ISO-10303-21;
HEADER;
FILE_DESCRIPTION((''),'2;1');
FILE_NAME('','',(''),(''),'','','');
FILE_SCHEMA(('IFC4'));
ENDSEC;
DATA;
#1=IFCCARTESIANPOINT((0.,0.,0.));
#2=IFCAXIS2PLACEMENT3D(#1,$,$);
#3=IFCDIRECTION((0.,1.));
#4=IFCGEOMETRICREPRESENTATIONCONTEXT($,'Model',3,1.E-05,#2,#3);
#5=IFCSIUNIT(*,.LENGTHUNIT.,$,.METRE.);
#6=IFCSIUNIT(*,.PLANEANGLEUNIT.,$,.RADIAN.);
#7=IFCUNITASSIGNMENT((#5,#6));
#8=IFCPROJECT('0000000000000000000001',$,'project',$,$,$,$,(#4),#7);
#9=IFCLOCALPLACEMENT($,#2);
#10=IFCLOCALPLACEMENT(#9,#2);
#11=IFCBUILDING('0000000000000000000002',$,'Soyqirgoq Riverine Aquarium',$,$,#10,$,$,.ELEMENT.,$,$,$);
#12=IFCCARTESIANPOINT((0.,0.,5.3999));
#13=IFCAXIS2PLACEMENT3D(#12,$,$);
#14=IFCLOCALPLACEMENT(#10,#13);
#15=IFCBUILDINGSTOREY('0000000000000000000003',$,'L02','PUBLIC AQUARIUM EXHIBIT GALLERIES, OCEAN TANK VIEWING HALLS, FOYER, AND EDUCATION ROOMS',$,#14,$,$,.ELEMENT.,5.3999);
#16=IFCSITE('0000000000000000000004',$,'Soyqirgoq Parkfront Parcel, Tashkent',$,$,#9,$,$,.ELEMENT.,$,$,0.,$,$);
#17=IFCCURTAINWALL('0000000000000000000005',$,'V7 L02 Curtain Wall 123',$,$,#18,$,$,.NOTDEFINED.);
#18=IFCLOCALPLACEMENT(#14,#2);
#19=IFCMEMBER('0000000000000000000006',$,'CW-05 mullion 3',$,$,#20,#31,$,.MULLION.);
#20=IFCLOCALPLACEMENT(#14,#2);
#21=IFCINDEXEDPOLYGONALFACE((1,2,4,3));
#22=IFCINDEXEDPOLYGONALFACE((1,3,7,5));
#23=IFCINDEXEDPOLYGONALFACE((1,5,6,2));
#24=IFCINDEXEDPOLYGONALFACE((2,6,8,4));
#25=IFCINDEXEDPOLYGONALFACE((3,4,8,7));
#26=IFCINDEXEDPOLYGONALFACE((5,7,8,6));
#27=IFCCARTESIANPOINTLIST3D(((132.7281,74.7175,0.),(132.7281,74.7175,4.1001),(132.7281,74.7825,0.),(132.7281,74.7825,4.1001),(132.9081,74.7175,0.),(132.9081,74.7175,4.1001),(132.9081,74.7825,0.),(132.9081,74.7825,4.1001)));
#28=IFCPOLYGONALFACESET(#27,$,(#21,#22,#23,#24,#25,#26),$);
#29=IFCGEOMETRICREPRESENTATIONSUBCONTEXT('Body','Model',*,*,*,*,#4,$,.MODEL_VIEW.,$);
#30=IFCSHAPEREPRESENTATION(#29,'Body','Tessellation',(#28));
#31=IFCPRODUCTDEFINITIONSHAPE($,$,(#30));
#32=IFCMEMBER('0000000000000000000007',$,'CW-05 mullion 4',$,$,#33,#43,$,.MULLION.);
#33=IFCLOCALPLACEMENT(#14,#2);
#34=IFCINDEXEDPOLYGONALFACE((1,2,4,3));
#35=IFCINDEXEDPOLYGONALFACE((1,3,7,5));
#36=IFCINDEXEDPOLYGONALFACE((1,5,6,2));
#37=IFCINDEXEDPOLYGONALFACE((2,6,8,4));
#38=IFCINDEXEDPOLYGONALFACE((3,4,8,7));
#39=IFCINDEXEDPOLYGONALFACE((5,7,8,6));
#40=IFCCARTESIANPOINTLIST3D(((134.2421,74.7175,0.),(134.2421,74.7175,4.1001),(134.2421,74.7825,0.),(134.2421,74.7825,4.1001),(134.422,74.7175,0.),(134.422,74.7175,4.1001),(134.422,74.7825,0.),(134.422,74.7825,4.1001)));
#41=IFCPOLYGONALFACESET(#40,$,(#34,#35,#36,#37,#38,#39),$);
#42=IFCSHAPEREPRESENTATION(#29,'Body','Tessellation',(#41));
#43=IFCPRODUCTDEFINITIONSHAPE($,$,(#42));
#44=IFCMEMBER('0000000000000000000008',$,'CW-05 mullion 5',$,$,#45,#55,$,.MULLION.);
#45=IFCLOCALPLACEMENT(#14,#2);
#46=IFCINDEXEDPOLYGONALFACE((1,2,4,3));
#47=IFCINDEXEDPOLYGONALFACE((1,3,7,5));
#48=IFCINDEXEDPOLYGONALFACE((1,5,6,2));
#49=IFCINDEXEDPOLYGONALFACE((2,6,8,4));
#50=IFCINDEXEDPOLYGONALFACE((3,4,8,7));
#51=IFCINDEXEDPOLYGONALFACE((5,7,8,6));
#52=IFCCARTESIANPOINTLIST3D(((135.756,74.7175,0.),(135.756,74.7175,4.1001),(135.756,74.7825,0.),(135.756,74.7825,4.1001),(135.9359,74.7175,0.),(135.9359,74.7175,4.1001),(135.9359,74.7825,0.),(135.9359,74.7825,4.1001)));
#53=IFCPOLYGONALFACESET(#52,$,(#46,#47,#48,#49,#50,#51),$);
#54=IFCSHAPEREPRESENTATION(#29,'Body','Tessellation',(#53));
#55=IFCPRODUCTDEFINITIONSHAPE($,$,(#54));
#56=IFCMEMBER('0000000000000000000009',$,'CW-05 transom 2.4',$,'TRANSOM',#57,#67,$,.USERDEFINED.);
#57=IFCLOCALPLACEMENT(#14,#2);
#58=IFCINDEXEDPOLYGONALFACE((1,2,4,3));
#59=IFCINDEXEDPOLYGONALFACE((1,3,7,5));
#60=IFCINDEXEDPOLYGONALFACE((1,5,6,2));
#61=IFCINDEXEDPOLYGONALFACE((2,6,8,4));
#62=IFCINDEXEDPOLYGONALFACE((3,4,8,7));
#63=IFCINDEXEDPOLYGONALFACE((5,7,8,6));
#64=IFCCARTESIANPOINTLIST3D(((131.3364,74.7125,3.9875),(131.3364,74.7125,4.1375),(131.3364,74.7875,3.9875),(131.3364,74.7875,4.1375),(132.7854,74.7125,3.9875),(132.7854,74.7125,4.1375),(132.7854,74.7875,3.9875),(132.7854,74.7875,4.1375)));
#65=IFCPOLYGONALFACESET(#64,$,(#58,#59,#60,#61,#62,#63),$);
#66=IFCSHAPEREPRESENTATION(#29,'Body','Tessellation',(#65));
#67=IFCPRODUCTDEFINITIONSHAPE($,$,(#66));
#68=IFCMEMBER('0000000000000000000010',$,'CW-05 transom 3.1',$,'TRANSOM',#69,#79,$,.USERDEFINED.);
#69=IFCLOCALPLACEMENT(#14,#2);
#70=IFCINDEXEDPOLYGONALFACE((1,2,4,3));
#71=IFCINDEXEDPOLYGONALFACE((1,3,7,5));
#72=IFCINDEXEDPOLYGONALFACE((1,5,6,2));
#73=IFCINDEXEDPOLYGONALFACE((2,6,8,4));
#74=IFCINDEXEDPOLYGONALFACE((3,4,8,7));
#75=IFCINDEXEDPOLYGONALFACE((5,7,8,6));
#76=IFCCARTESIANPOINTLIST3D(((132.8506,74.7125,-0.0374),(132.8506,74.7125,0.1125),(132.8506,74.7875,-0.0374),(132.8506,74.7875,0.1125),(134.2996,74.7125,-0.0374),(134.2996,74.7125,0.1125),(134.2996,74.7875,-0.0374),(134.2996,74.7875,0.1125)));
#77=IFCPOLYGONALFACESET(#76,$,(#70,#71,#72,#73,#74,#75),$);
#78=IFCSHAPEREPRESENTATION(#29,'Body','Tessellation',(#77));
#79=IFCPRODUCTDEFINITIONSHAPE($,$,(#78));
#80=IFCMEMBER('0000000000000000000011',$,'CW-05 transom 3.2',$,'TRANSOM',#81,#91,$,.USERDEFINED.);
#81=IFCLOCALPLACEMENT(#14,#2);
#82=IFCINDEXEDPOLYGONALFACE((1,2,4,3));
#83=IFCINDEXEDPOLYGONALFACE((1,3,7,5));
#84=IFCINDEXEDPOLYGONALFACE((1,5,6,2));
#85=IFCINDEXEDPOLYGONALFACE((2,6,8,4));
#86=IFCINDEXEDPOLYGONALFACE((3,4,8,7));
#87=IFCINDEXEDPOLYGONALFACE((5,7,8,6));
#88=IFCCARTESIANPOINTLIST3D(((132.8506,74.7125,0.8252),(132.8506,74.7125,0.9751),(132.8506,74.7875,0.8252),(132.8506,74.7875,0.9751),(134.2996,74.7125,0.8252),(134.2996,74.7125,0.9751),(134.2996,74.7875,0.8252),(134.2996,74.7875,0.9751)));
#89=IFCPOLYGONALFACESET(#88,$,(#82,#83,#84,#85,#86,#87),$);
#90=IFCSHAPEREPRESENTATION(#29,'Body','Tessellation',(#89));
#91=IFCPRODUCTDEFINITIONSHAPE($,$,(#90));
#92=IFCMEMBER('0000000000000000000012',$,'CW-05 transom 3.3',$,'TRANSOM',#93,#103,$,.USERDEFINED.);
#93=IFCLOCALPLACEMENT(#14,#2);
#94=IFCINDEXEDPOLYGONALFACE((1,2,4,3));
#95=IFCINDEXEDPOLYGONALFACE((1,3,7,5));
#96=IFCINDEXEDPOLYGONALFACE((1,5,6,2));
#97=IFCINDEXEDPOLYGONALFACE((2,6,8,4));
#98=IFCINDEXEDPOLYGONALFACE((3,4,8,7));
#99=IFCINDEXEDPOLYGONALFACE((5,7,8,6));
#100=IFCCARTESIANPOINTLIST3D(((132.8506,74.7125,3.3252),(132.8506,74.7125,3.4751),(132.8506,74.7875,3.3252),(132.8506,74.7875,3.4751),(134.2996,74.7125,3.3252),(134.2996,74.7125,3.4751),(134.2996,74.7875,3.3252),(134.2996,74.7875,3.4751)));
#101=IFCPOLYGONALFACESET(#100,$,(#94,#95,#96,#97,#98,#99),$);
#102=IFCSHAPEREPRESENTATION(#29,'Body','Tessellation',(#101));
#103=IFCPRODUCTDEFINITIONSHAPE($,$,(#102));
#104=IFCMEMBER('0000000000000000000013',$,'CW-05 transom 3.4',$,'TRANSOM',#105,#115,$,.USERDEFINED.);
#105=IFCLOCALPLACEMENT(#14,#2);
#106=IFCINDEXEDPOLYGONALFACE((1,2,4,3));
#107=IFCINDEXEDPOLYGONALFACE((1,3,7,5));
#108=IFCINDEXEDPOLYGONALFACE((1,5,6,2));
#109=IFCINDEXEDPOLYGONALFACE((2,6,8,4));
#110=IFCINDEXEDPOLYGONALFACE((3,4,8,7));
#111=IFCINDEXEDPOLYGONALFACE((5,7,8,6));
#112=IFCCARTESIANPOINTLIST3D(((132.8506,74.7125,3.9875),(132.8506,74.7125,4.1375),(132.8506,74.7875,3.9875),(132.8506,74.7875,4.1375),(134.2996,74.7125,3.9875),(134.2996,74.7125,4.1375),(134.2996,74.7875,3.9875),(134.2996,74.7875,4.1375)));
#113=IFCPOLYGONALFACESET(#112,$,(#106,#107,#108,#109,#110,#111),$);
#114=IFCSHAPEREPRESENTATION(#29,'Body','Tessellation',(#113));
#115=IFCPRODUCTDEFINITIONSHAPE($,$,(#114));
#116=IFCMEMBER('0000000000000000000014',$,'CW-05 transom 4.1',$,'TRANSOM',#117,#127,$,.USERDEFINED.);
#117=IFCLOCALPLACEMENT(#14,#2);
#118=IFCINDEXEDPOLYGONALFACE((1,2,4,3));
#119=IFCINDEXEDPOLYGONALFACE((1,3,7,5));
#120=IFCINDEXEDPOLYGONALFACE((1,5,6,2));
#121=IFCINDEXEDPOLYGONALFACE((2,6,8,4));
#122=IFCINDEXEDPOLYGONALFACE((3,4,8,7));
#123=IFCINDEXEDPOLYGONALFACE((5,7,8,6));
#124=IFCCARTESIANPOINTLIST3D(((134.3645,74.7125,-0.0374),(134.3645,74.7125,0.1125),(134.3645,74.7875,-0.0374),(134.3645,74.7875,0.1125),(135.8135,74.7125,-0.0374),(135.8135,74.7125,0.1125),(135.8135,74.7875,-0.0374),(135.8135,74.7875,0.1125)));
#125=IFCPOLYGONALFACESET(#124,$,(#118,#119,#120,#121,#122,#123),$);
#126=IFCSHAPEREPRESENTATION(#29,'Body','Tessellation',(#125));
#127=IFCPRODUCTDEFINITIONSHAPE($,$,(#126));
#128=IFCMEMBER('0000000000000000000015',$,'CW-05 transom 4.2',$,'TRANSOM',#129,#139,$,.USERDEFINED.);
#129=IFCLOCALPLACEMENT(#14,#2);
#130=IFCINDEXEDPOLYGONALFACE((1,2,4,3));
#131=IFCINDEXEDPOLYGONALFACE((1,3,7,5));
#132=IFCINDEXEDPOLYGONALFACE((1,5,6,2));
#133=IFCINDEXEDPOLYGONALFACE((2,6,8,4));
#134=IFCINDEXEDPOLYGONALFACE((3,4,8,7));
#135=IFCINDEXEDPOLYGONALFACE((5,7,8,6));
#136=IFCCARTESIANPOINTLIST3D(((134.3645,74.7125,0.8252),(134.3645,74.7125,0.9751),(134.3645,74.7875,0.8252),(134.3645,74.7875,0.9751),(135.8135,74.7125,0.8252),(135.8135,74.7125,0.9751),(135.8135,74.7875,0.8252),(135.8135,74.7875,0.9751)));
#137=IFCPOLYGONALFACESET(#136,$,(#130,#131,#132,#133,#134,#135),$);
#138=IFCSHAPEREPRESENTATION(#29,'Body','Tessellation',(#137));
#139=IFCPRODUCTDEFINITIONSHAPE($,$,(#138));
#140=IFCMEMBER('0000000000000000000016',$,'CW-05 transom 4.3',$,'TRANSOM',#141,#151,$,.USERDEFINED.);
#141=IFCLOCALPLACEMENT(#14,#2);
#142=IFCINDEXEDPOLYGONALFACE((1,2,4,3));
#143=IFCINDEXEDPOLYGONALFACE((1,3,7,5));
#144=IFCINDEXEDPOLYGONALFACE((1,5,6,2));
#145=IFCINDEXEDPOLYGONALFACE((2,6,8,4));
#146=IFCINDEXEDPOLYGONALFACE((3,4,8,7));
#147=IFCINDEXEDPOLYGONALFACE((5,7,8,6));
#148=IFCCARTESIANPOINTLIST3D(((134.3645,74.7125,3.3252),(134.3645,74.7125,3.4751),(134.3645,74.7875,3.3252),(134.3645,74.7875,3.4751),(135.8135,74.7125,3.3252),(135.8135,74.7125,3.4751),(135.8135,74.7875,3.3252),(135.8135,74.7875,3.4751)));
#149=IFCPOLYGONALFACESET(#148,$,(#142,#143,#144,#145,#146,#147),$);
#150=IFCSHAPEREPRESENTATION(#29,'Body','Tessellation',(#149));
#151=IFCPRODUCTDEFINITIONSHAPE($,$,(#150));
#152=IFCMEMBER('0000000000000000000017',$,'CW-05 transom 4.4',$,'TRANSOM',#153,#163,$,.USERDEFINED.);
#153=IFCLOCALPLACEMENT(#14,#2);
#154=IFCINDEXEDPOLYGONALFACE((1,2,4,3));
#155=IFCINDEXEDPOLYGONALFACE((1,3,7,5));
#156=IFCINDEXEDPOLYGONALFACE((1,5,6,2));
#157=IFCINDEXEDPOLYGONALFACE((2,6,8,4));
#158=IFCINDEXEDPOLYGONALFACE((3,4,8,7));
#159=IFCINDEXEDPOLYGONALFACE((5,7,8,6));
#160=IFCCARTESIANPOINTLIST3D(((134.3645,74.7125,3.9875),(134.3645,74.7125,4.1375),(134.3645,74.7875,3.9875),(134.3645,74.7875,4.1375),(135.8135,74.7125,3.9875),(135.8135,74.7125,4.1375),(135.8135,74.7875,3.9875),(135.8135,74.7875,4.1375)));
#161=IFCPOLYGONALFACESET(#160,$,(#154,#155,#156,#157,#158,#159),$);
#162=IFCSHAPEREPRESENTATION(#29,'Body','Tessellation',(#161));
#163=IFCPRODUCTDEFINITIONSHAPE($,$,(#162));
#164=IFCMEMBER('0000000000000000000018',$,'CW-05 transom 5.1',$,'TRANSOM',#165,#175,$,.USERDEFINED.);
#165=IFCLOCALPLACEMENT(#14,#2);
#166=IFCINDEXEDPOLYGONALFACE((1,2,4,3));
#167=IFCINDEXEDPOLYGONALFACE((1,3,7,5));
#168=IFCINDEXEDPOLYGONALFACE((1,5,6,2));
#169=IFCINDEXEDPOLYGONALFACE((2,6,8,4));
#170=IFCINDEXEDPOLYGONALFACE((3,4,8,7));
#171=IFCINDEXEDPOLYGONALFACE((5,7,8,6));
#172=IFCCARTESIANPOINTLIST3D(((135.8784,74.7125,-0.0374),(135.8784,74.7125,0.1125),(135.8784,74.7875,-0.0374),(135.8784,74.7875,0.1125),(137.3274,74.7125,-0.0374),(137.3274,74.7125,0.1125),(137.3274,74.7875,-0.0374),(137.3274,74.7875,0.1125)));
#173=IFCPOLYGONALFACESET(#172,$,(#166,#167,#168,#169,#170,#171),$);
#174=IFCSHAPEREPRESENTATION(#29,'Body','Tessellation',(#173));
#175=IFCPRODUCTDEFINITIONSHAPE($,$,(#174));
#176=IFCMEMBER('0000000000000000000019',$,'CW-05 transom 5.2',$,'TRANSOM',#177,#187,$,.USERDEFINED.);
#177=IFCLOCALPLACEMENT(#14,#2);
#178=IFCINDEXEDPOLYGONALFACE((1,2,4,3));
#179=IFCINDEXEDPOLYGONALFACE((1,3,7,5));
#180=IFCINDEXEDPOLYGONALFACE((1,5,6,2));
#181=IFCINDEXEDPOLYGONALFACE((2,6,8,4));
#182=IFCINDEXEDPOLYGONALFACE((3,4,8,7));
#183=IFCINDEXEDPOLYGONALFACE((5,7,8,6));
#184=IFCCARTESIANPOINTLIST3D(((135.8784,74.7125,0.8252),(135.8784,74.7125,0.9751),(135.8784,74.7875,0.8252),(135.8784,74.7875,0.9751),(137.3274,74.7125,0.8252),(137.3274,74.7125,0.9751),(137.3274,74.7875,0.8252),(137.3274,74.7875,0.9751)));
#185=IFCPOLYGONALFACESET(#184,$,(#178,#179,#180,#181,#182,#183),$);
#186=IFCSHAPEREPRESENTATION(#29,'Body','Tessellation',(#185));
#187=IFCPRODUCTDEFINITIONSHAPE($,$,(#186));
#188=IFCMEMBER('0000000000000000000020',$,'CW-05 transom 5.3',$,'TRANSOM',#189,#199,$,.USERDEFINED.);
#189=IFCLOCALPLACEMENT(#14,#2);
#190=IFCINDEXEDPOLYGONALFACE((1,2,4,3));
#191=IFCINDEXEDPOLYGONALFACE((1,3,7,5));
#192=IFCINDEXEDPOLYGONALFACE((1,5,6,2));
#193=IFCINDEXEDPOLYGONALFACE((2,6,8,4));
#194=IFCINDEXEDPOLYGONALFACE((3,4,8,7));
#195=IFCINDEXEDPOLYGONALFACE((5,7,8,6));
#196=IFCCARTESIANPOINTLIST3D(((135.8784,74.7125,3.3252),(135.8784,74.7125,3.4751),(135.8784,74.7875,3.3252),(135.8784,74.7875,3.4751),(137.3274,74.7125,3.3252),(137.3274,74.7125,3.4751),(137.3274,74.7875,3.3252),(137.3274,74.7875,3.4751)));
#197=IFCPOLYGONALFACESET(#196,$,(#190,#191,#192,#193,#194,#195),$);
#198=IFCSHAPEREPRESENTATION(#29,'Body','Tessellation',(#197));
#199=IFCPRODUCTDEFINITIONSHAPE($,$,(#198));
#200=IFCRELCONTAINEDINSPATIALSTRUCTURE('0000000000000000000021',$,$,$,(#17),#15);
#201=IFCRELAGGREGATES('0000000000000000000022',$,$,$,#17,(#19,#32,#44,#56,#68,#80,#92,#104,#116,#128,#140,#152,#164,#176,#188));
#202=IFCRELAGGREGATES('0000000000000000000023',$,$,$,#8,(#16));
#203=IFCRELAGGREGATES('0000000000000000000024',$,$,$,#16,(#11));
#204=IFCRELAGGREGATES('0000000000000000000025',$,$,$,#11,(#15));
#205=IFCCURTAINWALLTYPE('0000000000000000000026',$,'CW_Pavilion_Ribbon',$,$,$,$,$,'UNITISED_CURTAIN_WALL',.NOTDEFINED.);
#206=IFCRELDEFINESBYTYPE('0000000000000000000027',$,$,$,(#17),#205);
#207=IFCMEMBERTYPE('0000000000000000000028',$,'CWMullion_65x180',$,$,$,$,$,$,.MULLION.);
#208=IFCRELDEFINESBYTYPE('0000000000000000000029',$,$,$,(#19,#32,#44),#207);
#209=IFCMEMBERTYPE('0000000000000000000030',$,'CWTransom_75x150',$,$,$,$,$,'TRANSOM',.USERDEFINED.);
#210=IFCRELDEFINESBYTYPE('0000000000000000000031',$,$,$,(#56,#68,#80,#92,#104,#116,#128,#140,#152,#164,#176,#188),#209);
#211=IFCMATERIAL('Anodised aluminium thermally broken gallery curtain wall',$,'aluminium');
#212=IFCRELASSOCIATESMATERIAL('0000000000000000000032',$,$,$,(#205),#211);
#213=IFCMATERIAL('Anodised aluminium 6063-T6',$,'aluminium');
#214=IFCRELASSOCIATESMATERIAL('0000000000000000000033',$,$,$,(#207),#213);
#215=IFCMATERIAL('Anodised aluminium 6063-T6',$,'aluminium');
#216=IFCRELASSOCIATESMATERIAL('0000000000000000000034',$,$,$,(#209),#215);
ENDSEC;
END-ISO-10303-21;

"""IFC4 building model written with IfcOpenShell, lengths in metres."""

from ifc_helpers import new_model, si_unit, direction, frame, origin, origin_2d, place, context, subcontext, project, spatial, rectangle, extrude, material, material_profile, profile_set, type_object, element, aggregate, save


model = new_model("IFC4")

# Units and contexts
model_context = context("Model", 3, precision=1e-05, world=origin(), true_north=direction((0.0, 1.0)))
body_context = subcontext(model_context, "Body", "Model", "MODEL_VIEW")
ifc_project = project(units=[si_unit("LENGTHUNIT", "METRE"), si_unit("PLANEANGLEUNIT", "RADIAN")], contexts=[model_context])

# Site, building, storey
site_placement = place(None, origin())
site = spatial("IfcSite", under=ifc_project, at=site_placement, Name="Soyqirgoq Parkfront Parcel, Tashkent", CompositionType="ELEMENT", RefElevation=0.0)
building_placement = place(site_placement, origin())
building = spatial("IfcBuilding", under=site, at=building_placement, Name="Soyqirgoq Riverine Aquarium", CompositionType="ELEMENT")
storey_placement = place(building_placement, frame((0.0, 0.0, 5.3999)))
storey = spatial("IfcBuildingStorey", under=building, at=storey_placement, Name="L02", Description="PUBLIC AQUARIUM EXHIBIT GALLERIES, OCEAN TANK VIEWING HALLS, FOYER, AND EDUCATION ROOMS", CompositionType="ELEMENT", Elevation=5.3999)

# Curtain wall, members
ifc_material_1 = material(Name="Anodised aluminium thermally broken gallery curtain wall", Category="aluminium")
curtain_wall_type = type_object("IfcCurtainWallType", Name="CW_Pavilion_Ribbon", ElementType="UNITISED_CURTAIN_WALL", PredefinedType="NOTDEFINED", material=ifc_material_1)
curtain_wall_placement = place(storey_placement, origin())
curtain_wall = element("IfcCurtainWall", 1, at=curtain_wall_placement, inside=storey, type_object=curtain_wall_type, Name="V7 L02 Curtain Wall 123", PredefinedType="NOTDEFINED")
ifc_material_2 = material(Name="Anodised aluminium 6063-T6", Category="aluminium")
ifc_material_profile_1 = material_profile(ifc_material_2, rectangle(XDim=0.0649, YDim=0.1799, at=origin_2d()), Name="ALU-M 65x180")
ifc_profile_set_1 = profile_set([ifc_material_profile_1], Name="Anodised aluminium 6063-T6")
member_type_1 = type_object("IfcMemberType", Name="CWMullion_65x180", PredefinedType="MULLION", material=ifc_profile_set_1)
member_1_placement = place(storey_placement, frame((132.8181, 74.75, 0.0), z_axis=(0.0, 0.0, 1.0), x_axis=(0.0, 1.0, 0.0)))
member_1 = element("IfcMember", 2, at=member_1_placement, type_object=member_type_1, Name="CW-05 mullion 3", PredefinedType="MULLION", context=body_context, shape_type="SweptSolid", body=[
    extrude(rectangle(XDim=0.0649, YDim=0.1799, at=origin_2d()), origin(), (0.0, 0.0, 1.0), 4.1001),
])
member_2_placement = place(storey_placement, frame((134.332, 74.75, 0.0), z_axis=(0.0, 0.0, 1.0), x_axis=(0.0, 1.0, 0.0)))
member_2 = element("IfcMember", 3, at=member_2_placement, type_object=member_type_1, Name="CW-05 mullion 4", PredefinedType="MULLION", context=body_context, shape_type="SweptSolid", body=[
    extrude(rectangle(XDim=0.0649, YDim=0.1799, at=origin_2d()), origin(), (0.0, 0.0, 1.0), 4.1001),
])
member_3_placement = place(storey_placement, frame((135.8459, 74.75, 0.0), z_axis=(0.0, 0.0, 1.0), x_axis=(0.0, 1.0, 0.0)))
member_3 = element("IfcMember", 4, at=member_3_placement, type_object=member_type_1, Name="CW-05 mullion 5", PredefinedType="MULLION", context=body_context, shape_type="SweptSolid", body=[
    extrude(rectangle(XDim=0.0649, YDim=0.1799, at=origin_2d()), origin(), (0.0, 0.0, 1.0), 4.1001),
])
ifc_material_3 = material(Name="Anodised aluminium 6063-T6", Category="aluminium")
ifc_material_profile_2 = material_profile(ifc_material_3, rectangle(XDim=0.075, YDim=0.1499, at=origin_2d()), Name="ALU-T 75x150")
ifc_profile_set_2 = profile_set([ifc_material_profile_2], Name="Anodised aluminium 6063-T6")
member_type_2 = type_object("IfcMemberType", Name="CWTransom_75x150", ElementType="TRANSOM", PredefinedType="USERDEFINED", material=ifc_profile_set_2)
member_4_placement = place(storey_placement, frame((131.3364, 74.75, 4.0625), z_axis=(1.0, 0.0, 0.0), x_axis=(0.0, 1.0, 0.0)))
member_4 = element("IfcMember", 5, at=member_4_placement, type_object=member_type_2, Name="CW-05 transom 2.4", ObjectType="TRANSOM", PredefinedType="USERDEFINED", context=body_context, shape_type="SweptSolid", body=[
    extrude(rectangle(XDim=0.075, YDim=0.1499, at=origin_2d()), origin(), (0.0, 0.0, 1.0), 1.449),
])
member_5_placement = place(storey_placement, frame((132.8506, 74.75, 0.0376), z_axis=(1.0, 0.0, 0.0), x_axis=(0.0, 1.0, 0.0)))
member_5 = element("IfcMember", 6, at=member_5_placement, type_object=member_type_2, Name="CW-05 transom 3.1", ObjectType="TRANSOM", PredefinedType="USERDEFINED", context=body_context, shape_type="SweptSolid", body=[
    extrude(rectangle(XDim=0.075, YDim=0.1499, at=origin_2d()), origin(), (0.0, 0.0, 1.0), 1.449),
])
member_6_placement = place(storey_placement, frame((132.8506, 74.75, 0.9001), z_axis=(1.0, 0.0, 0.0), x_axis=(0.0, 1.0, 0.0)))
member_6 = element("IfcMember", 7, at=member_6_placement, type_object=member_type_2, Name="CW-05 transom 3.2", ObjectType="TRANSOM", PredefinedType="USERDEFINED", context=body_context, shape_type="SweptSolid", body=[
    extrude(rectangle(XDim=0.075, YDim=0.1499, at=origin_2d()), origin(), (0.0, 0.0, 1.0), 1.449),
])
member_7_placement = place(storey_placement, frame((132.8506, 74.75, 3.4001), z_axis=(1.0, 0.0, 0.0), x_axis=(0.0, 1.0, 0.0)))
member_7 = element("IfcMember", 8, at=member_7_placement, type_object=member_type_2, Name="CW-05 transom 3.3", ObjectType="TRANSOM", PredefinedType="USERDEFINED", context=body_context, shape_type="SweptSolid", body=[
    extrude(rectangle(XDim=0.075, YDim=0.1499, at=origin_2d()), origin(), (0.0, 0.0, 1.0), 1.449),
])
member_8_placement = place(storey_placement, frame((132.8506, 74.75, 4.0625), z_axis=(1.0, 0.0, 0.0), x_axis=(0.0, 1.0, 0.0)))
member_8 = element("IfcMember", 9, at=member_8_placement, type_object=member_type_2, Name="CW-05 transom 3.4", ObjectType="TRANSOM", PredefinedType="USERDEFINED", context=body_context, shape_type="SweptSolid", body=[
    extrude(rectangle(XDim=0.075, YDim=0.1499, at=origin_2d()), origin(), (0.0, 0.0, 1.0), 1.449),
])
member_9_placement = place(storey_placement, frame((134.3645, 74.75, 0.0376), z_axis=(1.0, 0.0, 0.0), x_axis=(0.0, 1.0, 0.0)))
member_9 = element("IfcMember", 10, at=member_9_placement, type_object=member_type_2, Name="CW-05 transom 4.1", ObjectType="TRANSOM", PredefinedType="USERDEFINED", context=body_context, shape_type="SweptSolid", body=[
    extrude(rectangle(XDim=0.075, YDim=0.1499, at=origin_2d()), origin(), (0.0, 0.0, 1.0), 1.449),
])
member_10_placement = place(storey_placement, frame((134.3645, 74.75, 0.9001), z_axis=(1.0, 0.0, 0.0), x_axis=(0.0, 1.0, 0.0)))
member_10 = element("IfcMember", 11, at=member_10_placement, type_object=member_type_2, Name="CW-05 transom 4.2", ObjectType="TRANSOM", PredefinedType="USERDEFINED", context=body_context, shape_type="SweptSolid", body=[
    extrude(rectangle(XDim=0.075, YDim=0.1499, at=origin_2d()), origin(), (0.0, 0.0, 1.0), 1.449),
])
member_11_placement = place(storey_placement, frame((134.3645, 74.75, 3.4001), z_axis=(1.0, 0.0, 0.0), x_axis=(0.0, 1.0, 0.0)))
member_11 = element("IfcMember", 12, at=member_11_placement, type_object=member_type_2, Name="CW-05 transom 4.3", ObjectType="TRANSOM", PredefinedType="USERDEFINED", context=body_context, shape_type="SweptSolid", body=[
    extrude(rectangle(XDim=0.075, YDim=0.1499, at=origin_2d()), origin(), (0.0, 0.0, 1.0), 1.449),
])
member_12_placement = place(storey_placement, frame((134.3645, 74.75, 4.0625), z_axis=(1.0, 0.0, 0.0), x_axis=(0.0, 1.0, 0.0)))
member_12 = element("IfcMember", 13, at=member_12_placement, type_object=member_type_2, Name="CW-05 transom 4.4", ObjectType="TRANSOM", PredefinedType="USERDEFINED", context=body_context, shape_type="SweptSolid", body=[
    extrude(rectangle(XDim=0.075, YDim=0.1499, at=origin_2d()), origin(), (0.0, 0.0, 1.0), 1.449),
])
member_13_placement = place(storey_placement, frame((135.8784, 74.75, 0.0376), z_axis=(1.0, 0.0, 0.0), x_axis=(0.0, 1.0, 0.0)))
member_13 = element("IfcMember", 14, at=member_13_placement, type_object=member_type_2, Name="CW-05 transom 5.1", ObjectType="TRANSOM", PredefinedType="USERDEFINED", context=body_context, shape_type="SweptSolid", body=[
    extrude(rectangle(XDim=0.075, YDim=0.1499, at=origin_2d()), origin(), (0.0, 0.0, 1.0), 1.449),
])
member_14_placement = place(storey_placement, frame((135.8784, 74.75, 0.9001), z_axis=(1.0, 0.0, 0.0), x_axis=(0.0, 1.0, 0.0)))
member_14 = element("IfcMember", 15, at=member_14_placement, type_object=member_type_2, Name="CW-05 transom 5.2", ObjectType="TRANSOM", PredefinedType="USERDEFINED", context=body_context, shape_type="SweptSolid", body=[
    extrude(rectangle(XDim=0.075, YDim=0.1499, at=origin_2d()), origin(), (0.0, 0.0, 1.0), 1.449),
])
member_15_placement = place(storey_placement, frame((135.8784, 74.75, 3.4001), z_axis=(1.0, 0.0, 0.0), x_axis=(0.0, 1.0, 0.0)))
member_15 = element("IfcMember", 16, at=member_15_placement, type_object=member_type_2, Name="CW-05 transom 5.3", ObjectType="TRANSOM", PredefinedType="USERDEFINED", context=body_context, shape_type="SweptSolid", body=[
    extrude(rectangle(XDim=0.075, YDim=0.1499, at=origin_2d()), origin(), (0.0, 0.0, 1.0), 1.449),
])
aggregate(curtain_wall, [member_1, member_2, member_3, member_4, member_5, member_6, member_7, member_8, member_9, member_10, member_11, member_12, member_13, member_14, member_15])

save(model, "model.ifc")
